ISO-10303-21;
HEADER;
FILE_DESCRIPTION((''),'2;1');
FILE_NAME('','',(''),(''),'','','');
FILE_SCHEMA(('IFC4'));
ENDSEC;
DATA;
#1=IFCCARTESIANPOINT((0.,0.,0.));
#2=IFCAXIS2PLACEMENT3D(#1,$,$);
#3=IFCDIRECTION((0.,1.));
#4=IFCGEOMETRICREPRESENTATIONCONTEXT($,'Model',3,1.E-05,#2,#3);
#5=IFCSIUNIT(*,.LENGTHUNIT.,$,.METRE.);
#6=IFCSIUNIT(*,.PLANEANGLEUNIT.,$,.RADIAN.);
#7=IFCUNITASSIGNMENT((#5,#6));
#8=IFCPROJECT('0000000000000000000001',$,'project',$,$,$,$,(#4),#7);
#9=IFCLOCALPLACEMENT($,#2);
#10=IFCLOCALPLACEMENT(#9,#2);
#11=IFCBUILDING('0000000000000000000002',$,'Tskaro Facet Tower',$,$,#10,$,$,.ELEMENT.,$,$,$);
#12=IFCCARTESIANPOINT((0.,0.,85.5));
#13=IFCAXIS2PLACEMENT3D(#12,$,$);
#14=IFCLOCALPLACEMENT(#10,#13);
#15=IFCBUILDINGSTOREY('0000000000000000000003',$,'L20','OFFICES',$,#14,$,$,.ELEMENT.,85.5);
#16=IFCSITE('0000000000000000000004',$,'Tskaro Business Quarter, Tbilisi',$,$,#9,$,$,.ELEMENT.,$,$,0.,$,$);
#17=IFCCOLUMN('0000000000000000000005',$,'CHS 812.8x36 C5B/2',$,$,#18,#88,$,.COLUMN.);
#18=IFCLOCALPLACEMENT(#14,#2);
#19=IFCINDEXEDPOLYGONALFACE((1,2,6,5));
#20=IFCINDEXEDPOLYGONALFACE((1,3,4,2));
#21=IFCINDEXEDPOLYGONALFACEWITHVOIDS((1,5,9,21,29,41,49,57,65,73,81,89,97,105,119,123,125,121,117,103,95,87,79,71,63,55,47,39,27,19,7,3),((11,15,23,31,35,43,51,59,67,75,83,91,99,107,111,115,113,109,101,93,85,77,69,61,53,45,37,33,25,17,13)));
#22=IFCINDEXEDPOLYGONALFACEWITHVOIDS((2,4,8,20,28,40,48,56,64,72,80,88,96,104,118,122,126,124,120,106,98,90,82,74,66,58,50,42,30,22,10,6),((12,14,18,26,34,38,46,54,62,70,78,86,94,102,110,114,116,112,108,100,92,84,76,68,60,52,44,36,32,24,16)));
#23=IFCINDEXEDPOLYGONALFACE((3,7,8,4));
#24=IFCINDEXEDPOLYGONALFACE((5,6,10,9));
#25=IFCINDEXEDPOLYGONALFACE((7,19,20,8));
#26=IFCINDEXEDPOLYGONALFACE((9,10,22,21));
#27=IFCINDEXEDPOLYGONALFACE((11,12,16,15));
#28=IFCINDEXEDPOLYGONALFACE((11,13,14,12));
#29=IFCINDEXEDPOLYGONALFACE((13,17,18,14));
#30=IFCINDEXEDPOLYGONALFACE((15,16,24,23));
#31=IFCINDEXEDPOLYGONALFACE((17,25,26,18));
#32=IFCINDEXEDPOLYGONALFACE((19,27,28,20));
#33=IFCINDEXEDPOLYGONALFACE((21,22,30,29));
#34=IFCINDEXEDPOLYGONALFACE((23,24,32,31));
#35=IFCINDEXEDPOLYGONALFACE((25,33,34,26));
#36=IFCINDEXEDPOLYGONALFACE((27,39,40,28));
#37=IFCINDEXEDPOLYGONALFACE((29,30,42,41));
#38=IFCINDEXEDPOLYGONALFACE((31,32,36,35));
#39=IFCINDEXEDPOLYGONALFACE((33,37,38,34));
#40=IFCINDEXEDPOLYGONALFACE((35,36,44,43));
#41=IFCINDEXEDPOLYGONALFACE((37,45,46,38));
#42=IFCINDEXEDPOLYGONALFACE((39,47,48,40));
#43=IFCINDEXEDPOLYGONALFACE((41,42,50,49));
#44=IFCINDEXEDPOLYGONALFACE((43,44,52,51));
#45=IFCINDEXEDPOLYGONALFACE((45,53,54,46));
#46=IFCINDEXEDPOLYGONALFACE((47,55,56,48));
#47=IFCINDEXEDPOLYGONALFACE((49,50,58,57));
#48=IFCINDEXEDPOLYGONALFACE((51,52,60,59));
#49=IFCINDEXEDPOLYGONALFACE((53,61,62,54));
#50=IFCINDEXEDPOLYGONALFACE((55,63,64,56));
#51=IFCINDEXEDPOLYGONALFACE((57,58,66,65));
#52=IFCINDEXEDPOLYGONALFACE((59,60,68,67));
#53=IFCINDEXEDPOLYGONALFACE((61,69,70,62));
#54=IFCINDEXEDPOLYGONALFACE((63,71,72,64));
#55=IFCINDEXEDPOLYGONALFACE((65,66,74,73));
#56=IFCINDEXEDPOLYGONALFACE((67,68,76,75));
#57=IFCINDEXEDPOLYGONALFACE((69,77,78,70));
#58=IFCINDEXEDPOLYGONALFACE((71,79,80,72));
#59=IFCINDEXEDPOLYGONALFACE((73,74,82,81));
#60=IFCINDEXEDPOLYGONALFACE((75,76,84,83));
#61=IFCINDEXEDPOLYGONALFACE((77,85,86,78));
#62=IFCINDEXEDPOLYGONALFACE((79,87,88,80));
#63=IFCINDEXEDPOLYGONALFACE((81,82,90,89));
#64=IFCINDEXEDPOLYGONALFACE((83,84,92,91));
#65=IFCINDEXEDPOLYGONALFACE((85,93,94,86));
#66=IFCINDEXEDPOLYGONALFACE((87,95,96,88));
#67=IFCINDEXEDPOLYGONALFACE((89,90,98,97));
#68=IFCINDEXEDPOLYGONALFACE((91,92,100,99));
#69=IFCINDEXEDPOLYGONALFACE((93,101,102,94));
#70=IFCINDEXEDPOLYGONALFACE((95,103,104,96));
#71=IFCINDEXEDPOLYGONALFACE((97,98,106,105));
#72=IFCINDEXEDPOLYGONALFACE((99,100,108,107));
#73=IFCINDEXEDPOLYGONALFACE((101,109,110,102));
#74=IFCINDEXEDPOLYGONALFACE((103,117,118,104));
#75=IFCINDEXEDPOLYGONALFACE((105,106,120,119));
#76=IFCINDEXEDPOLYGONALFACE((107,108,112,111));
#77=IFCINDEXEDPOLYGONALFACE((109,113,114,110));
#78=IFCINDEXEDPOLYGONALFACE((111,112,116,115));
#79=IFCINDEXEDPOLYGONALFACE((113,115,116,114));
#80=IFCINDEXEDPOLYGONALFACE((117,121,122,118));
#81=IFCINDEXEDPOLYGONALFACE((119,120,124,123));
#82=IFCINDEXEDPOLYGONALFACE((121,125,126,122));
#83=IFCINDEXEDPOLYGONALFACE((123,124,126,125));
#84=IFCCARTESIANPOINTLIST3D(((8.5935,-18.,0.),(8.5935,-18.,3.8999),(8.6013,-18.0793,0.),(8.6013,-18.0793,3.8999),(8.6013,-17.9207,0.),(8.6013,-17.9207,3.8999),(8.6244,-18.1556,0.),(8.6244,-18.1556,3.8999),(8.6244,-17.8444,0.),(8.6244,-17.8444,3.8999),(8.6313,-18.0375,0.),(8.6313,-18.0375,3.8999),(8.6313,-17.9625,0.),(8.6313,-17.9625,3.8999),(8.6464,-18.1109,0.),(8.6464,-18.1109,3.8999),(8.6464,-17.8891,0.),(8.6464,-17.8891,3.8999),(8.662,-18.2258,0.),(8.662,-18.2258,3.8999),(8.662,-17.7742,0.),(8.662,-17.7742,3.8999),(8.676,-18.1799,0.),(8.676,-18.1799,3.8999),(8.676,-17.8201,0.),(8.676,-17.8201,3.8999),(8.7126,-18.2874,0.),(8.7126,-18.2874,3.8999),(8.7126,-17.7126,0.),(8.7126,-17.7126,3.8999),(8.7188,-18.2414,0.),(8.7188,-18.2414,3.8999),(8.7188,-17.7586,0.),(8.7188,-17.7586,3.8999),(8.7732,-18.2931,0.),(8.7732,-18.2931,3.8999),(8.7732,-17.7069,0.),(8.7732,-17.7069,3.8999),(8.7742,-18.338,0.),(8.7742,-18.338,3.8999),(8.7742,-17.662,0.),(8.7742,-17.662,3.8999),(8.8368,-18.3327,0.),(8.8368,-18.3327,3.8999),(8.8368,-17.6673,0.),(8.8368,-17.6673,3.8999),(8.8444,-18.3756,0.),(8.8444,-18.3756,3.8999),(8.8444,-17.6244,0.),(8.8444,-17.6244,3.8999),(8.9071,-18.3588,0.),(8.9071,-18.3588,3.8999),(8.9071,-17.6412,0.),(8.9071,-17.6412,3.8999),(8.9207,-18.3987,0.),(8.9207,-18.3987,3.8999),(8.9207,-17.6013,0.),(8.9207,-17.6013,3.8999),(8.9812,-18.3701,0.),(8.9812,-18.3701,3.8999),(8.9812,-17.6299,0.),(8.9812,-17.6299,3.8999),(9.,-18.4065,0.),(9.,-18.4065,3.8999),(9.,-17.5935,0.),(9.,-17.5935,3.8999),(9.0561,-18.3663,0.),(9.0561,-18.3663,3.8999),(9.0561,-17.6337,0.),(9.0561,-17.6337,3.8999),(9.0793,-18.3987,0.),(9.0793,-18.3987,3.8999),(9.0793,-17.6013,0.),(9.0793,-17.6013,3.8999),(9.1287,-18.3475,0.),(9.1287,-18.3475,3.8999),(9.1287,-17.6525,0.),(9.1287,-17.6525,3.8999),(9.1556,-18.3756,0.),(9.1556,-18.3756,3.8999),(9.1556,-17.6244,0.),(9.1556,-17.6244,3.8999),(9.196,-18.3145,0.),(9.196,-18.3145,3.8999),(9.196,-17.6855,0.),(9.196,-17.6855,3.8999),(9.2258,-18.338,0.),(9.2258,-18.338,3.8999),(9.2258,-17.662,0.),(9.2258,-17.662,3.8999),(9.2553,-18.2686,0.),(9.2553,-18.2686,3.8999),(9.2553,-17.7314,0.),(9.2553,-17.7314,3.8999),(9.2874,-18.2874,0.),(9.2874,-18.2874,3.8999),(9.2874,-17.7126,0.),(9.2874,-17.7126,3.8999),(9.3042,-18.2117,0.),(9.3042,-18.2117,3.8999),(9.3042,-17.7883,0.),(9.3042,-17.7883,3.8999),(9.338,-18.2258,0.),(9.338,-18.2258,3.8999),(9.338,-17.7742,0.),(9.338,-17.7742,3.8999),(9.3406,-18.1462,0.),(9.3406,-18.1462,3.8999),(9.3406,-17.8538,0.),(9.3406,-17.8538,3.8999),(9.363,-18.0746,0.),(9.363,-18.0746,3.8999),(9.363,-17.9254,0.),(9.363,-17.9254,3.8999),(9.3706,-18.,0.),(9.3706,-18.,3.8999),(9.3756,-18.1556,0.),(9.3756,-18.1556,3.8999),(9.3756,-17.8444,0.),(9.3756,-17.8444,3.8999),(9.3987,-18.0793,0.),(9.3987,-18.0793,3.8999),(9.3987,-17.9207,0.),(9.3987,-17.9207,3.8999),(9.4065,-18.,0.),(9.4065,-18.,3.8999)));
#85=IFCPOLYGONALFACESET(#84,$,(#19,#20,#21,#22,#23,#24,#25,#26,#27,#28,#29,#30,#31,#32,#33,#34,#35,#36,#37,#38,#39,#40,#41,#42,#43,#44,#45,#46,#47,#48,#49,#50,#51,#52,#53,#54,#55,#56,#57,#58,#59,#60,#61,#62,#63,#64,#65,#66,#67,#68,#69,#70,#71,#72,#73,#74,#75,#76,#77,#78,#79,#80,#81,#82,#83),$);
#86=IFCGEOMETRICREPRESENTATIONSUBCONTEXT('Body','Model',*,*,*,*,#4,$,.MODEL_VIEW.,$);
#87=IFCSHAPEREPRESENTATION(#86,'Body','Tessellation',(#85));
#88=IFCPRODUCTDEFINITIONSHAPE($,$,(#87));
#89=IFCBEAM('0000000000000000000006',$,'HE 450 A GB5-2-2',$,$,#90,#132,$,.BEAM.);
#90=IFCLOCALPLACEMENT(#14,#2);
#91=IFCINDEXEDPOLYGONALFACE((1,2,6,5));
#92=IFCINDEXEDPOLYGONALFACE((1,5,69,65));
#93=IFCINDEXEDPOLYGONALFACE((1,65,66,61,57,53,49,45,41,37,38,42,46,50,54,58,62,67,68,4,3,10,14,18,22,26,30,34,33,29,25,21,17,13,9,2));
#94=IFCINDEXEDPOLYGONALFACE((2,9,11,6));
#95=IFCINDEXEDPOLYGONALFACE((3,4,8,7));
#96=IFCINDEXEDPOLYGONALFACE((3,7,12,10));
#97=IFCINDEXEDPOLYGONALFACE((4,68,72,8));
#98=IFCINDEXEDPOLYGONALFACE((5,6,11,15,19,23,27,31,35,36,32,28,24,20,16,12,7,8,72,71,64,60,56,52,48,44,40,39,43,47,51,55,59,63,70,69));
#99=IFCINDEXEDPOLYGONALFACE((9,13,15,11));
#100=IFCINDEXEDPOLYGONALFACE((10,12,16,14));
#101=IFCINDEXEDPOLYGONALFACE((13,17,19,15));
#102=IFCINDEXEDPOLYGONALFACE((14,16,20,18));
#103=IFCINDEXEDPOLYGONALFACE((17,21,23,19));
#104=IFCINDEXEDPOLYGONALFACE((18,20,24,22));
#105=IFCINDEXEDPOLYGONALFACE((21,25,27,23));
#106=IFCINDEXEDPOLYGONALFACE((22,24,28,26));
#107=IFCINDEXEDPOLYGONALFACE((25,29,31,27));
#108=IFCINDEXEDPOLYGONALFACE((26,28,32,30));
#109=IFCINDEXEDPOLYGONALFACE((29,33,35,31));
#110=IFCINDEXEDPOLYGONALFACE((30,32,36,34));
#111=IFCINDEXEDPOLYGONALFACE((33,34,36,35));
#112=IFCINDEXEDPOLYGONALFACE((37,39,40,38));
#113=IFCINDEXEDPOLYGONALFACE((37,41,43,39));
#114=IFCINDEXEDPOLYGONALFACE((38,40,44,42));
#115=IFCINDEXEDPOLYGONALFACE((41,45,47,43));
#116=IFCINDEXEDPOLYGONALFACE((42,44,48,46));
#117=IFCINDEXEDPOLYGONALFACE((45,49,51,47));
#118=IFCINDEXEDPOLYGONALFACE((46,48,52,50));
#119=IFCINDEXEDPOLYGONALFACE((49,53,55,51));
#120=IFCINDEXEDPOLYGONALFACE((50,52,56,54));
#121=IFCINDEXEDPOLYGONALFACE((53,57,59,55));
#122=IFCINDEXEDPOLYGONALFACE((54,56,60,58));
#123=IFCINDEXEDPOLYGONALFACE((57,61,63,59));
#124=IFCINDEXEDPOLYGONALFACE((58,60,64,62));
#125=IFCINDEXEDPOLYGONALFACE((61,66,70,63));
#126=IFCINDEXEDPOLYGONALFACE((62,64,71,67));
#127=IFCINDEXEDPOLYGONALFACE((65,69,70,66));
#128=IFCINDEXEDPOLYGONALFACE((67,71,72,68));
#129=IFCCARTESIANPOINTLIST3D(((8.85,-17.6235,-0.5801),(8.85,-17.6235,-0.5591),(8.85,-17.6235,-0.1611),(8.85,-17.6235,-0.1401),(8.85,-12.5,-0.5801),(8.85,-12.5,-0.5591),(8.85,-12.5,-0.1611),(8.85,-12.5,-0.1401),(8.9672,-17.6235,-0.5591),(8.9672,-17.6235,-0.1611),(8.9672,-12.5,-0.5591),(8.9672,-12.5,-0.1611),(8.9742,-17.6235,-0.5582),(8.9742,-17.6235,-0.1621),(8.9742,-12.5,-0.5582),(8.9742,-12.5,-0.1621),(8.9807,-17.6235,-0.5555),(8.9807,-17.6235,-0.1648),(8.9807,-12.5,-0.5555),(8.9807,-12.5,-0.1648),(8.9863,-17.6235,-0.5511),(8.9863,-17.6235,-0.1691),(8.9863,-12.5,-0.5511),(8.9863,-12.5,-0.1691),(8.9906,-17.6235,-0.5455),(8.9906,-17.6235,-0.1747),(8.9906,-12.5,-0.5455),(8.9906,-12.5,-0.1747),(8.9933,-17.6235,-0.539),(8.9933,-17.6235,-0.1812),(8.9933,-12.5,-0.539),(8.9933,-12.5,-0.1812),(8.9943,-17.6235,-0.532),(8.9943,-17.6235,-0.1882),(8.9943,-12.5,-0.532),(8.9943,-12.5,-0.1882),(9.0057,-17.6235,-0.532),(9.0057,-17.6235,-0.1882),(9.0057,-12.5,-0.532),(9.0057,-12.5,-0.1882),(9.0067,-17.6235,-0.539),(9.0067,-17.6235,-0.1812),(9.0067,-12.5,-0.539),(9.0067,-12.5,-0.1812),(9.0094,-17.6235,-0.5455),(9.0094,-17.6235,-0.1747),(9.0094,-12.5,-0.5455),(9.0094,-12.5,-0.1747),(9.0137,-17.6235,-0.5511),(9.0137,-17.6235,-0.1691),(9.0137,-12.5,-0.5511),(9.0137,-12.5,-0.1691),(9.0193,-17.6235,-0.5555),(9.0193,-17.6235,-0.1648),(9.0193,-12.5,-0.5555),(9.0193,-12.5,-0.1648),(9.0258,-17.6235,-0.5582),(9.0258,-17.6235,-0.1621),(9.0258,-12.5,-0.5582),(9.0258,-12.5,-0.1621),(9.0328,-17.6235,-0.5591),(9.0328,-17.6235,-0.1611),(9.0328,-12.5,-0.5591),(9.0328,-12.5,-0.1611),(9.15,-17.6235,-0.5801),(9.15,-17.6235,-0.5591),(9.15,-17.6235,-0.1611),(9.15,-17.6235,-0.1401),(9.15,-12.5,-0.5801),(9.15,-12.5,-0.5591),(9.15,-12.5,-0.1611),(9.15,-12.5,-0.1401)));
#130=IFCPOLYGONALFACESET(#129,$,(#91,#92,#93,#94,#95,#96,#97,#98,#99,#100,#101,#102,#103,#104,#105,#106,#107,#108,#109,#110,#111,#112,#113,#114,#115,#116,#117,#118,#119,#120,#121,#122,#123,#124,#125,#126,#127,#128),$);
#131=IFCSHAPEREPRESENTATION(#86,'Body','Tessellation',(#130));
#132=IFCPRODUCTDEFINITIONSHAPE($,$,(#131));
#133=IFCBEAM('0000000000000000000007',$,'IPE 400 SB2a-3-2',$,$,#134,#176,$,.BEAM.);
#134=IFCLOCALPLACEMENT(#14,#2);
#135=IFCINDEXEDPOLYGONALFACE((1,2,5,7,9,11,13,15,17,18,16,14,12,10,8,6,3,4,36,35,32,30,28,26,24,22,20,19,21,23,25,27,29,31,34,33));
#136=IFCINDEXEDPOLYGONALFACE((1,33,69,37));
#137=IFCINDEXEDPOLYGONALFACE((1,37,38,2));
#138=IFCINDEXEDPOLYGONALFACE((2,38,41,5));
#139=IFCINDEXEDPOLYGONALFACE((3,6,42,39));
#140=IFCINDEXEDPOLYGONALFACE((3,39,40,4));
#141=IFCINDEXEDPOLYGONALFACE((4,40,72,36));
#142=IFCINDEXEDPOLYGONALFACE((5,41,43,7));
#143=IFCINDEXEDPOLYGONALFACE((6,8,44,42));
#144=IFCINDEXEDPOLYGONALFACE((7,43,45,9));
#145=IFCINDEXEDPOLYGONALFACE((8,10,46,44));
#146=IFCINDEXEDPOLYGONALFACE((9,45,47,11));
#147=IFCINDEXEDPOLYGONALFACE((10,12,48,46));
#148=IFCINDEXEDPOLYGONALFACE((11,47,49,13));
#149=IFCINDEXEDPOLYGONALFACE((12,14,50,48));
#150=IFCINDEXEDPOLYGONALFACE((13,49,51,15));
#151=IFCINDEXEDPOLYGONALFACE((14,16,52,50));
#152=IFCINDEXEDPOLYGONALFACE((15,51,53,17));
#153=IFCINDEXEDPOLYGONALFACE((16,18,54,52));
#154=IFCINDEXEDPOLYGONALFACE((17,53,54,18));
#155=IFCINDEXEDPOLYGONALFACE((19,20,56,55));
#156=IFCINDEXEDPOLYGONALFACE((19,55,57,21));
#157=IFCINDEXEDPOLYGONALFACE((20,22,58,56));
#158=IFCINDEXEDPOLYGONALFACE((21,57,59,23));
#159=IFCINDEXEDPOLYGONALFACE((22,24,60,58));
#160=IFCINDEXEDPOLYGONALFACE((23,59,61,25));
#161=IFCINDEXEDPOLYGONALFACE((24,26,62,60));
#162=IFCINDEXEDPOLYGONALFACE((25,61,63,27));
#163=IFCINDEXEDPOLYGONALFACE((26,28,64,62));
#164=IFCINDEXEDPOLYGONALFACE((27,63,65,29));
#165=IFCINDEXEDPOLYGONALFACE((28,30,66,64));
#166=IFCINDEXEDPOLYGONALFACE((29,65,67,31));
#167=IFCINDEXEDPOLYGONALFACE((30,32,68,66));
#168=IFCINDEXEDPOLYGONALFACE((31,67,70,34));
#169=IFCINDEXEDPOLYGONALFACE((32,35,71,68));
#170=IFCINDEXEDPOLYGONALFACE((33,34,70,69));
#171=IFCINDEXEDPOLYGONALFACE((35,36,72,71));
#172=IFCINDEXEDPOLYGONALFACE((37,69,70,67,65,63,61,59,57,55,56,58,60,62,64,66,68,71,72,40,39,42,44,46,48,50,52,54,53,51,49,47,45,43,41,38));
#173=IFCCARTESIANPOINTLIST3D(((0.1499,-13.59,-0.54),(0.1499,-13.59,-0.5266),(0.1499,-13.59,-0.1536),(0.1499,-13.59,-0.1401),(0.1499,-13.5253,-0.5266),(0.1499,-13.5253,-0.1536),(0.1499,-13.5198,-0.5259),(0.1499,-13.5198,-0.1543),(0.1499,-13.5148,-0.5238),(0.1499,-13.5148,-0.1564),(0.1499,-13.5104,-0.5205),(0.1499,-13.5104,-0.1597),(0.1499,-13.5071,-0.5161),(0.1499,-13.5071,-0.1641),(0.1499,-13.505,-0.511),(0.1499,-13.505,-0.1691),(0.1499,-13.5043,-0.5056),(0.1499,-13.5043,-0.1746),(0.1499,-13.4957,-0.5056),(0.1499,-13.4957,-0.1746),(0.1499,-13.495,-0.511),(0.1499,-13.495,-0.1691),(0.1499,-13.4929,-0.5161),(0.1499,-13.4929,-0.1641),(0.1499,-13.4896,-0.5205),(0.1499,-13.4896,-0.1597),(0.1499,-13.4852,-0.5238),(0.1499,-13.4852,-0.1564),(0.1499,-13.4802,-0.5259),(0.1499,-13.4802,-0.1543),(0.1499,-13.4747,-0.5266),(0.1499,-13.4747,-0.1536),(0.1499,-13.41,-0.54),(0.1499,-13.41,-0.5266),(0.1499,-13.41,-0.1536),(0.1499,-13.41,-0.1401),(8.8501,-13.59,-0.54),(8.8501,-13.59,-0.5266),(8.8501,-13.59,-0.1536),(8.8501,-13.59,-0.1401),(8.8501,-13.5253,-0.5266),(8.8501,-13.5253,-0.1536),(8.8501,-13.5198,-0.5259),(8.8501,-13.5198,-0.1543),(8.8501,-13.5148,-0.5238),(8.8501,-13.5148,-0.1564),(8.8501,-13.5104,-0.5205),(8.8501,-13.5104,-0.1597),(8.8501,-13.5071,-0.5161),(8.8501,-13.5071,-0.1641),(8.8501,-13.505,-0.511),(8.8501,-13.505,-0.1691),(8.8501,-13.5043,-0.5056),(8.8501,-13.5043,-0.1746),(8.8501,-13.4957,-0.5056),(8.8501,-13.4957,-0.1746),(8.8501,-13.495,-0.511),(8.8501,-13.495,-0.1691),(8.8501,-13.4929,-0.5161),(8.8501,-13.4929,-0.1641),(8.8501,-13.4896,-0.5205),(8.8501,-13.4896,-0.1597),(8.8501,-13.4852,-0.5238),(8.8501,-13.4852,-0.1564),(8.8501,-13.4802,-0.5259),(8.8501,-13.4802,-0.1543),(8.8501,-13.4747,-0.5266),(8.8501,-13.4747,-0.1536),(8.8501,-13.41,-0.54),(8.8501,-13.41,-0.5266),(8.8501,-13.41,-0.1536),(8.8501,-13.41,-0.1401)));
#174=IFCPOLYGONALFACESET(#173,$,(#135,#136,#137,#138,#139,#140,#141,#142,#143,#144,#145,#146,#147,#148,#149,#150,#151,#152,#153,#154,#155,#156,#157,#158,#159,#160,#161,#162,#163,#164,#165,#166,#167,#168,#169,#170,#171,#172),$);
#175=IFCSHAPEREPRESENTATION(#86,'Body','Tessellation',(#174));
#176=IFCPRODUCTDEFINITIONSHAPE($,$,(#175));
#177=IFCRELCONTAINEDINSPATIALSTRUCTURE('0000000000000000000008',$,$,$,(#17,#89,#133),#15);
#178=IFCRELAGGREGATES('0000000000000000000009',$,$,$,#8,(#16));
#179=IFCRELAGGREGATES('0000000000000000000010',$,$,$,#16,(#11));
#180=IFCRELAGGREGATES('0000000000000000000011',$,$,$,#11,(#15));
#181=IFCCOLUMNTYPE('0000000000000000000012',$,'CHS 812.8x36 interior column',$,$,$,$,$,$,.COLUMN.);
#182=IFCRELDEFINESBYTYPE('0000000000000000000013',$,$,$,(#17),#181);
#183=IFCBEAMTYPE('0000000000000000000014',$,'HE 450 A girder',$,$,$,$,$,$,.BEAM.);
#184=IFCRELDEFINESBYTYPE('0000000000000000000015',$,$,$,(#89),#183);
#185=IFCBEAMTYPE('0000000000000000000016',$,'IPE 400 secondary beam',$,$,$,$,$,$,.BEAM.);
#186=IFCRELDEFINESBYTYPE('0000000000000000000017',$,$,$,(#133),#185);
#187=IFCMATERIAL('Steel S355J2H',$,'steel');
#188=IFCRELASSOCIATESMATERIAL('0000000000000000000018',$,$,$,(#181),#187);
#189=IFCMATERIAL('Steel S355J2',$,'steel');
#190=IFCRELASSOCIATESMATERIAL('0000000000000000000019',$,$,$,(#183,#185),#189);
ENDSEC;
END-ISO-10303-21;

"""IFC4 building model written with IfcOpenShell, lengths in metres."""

from ifc_helpers import new_model, si_unit, direction, frame, origin, origin_2d, place, context, subcontext, project, spatial, hollow_circle, i_section, extrude, material, material_profile, profile_set, type_object, element, save


model = new_model("IFC4")

# Units and contexts
model_context = context("Model", 3, precision=1e-05, world=origin(), true_north=direction((0.0, 1.0)))
body_context = subcontext(model_context, "Body", "Model", "MODEL_VIEW")
ifc_project = project(units=[si_unit("LENGTHUNIT", "METRE"), si_unit("PLANEANGLEUNIT", "RADIAN")], contexts=[model_context])

# Site, building, storey
site_placement = place(None, origin())
site = spatial("IfcSite", under=ifc_project, at=site_placement, Name="Tskaro Business Quarter, Tbilisi", CompositionType="ELEMENT", RefElevation=0.0)
building_placement = place(site_placement, origin())
building = spatial("IfcBuilding", under=site, at=building_placement, Name="Tskaro Facet Tower", CompositionType="ELEMENT")
storey_placement = place(building_placement, frame((0.0, 0.0, 85.5)))
storey = spatial("IfcBuildingStorey", under=building, at=storey_placement, Name="L20", Description="OFFICES", CompositionType="ELEMENT", Elevation=85.5)

# Column
ifc_material_1 = material(Name="Steel S355J2H", Category="steel")
ifc_material_profile_1 = material_profile(ifc_material_1, hollow_circle(Radius=0.4065, WallThickness=0.0359, at=origin_2d()), Name="CHS 812.8x36")
ifc_profile_set_1 = profile_set([ifc_material_profile_1], Name="Steel S355J2H")
column_type = type_object("IfcColumnType", Name="CHS 812.8x36 interior column", PredefinedType="COLUMN", material=ifc_profile_set_1)
column_placement = place(storey_placement, frame((9.0, -18.0, 0.0), z_axis=(0.0, 0.0, 1.0), x_axis=(1.0, 0.0, 0.0)))
element("IfcColumn", 1, at=column_placement, inside=storey, type_object=column_type, Name="CHS 812.8x36 C5B/2", PredefinedType="COLUMN", context=body_context, shape_type="SweptSolid", body=[
    extrude(hollow_circle(Radius=0.4065, WallThickness=0.0359, at=origin_2d()), origin(), (0.0, 0.0, 1.0), 3.8999),
])

# Beams
ifc_material_2 = material(Name="Steel S355J2", Category="steel")
ifc_material_profile_2 = material_profile(ifc_material_2, i_section(OverallWidth=0.3, OverallDepth=0.4399, WebThickness=0.0115, FlangeThickness=0.021, FilletRadius=0.0271, at=origin_2d()), Name="HE 450 A")
ifc_profile_set_2 = profile_set([ifc_material_profile_2], Name="Steel S355J2")
beam_type_1 = type_object("IfcBeamType", Name="HE 450 A girder", PredefinedType="BEAM", material=ifc_profile_set_2)
beam_1_placement = place(storey_placement, frame((9.0, -17.6235, -0.3601), z_axis=(0.0, 1.0, 0.0), x_axis=(-1.0, 0.0, 0.0)))
element("IfcBeam", 2, at=beam_1_placement, inside=storey, type_object=beam_type_1, Name="HE 450 A GB5-2-2", PredefinedType="BEAM", context=body_context, shape_type="SweptSolid", body=[
    extrude(i_section(OverallWidth=0.3, OverallDepth=0.4399, WebThickness=0.0115, FlangeThickness=0.021, FilletRadius=0.0271, at=origin_2d()), origin(), (0.0, 0.0, 1.0), 5.1235),
])
ifc_material_profile_3 = material_profile(ifc_material_2, i_section(OverallWidth=0.1799, OverallDepth=0.3999, WebThickness=0.0085, FlangeThickness=0.0134, FilletRadius=0.021, at=origin_2d()), Name="IPE 400")
ifc_profile_set_3 = profile_set([ifc_material_profile_3], Name="Steel S355J2")
beam_type_2 = type_object("IfcBeamType", Name="IPE 400 secondary beam", PredefinedType="BEAM", material=ifc_profile_set_3)
for number, where, z_axis, x_axis, name in (
    (3, (0.1499, -13.5, -0.3401), (1.0, 0.0, 0.0), (0.0, 1.0, 0.0), "IPE 400 SB2a-3-2"),
):
    element("IfcBeam", number, at=place(storey_placement, frame(where, z_axis=z_axis, x_axis=x_axis)), inside=storey, type_object=beam_type_2, Name=name, PredefinedType="BEAM", context=body_context, shape_type="SweptSolid", body=[
        extrude(i_section(OverallWidth=0.1799, OverallDepth=0.3999, WebThickness=0.0085, FlangeThickness=0.0134, FilletRadius=0.021, at=origin_2d()), origin(), (0.0, 0.0, 1.0), 8.7002),
    ])

save(model, "model.ifc")
